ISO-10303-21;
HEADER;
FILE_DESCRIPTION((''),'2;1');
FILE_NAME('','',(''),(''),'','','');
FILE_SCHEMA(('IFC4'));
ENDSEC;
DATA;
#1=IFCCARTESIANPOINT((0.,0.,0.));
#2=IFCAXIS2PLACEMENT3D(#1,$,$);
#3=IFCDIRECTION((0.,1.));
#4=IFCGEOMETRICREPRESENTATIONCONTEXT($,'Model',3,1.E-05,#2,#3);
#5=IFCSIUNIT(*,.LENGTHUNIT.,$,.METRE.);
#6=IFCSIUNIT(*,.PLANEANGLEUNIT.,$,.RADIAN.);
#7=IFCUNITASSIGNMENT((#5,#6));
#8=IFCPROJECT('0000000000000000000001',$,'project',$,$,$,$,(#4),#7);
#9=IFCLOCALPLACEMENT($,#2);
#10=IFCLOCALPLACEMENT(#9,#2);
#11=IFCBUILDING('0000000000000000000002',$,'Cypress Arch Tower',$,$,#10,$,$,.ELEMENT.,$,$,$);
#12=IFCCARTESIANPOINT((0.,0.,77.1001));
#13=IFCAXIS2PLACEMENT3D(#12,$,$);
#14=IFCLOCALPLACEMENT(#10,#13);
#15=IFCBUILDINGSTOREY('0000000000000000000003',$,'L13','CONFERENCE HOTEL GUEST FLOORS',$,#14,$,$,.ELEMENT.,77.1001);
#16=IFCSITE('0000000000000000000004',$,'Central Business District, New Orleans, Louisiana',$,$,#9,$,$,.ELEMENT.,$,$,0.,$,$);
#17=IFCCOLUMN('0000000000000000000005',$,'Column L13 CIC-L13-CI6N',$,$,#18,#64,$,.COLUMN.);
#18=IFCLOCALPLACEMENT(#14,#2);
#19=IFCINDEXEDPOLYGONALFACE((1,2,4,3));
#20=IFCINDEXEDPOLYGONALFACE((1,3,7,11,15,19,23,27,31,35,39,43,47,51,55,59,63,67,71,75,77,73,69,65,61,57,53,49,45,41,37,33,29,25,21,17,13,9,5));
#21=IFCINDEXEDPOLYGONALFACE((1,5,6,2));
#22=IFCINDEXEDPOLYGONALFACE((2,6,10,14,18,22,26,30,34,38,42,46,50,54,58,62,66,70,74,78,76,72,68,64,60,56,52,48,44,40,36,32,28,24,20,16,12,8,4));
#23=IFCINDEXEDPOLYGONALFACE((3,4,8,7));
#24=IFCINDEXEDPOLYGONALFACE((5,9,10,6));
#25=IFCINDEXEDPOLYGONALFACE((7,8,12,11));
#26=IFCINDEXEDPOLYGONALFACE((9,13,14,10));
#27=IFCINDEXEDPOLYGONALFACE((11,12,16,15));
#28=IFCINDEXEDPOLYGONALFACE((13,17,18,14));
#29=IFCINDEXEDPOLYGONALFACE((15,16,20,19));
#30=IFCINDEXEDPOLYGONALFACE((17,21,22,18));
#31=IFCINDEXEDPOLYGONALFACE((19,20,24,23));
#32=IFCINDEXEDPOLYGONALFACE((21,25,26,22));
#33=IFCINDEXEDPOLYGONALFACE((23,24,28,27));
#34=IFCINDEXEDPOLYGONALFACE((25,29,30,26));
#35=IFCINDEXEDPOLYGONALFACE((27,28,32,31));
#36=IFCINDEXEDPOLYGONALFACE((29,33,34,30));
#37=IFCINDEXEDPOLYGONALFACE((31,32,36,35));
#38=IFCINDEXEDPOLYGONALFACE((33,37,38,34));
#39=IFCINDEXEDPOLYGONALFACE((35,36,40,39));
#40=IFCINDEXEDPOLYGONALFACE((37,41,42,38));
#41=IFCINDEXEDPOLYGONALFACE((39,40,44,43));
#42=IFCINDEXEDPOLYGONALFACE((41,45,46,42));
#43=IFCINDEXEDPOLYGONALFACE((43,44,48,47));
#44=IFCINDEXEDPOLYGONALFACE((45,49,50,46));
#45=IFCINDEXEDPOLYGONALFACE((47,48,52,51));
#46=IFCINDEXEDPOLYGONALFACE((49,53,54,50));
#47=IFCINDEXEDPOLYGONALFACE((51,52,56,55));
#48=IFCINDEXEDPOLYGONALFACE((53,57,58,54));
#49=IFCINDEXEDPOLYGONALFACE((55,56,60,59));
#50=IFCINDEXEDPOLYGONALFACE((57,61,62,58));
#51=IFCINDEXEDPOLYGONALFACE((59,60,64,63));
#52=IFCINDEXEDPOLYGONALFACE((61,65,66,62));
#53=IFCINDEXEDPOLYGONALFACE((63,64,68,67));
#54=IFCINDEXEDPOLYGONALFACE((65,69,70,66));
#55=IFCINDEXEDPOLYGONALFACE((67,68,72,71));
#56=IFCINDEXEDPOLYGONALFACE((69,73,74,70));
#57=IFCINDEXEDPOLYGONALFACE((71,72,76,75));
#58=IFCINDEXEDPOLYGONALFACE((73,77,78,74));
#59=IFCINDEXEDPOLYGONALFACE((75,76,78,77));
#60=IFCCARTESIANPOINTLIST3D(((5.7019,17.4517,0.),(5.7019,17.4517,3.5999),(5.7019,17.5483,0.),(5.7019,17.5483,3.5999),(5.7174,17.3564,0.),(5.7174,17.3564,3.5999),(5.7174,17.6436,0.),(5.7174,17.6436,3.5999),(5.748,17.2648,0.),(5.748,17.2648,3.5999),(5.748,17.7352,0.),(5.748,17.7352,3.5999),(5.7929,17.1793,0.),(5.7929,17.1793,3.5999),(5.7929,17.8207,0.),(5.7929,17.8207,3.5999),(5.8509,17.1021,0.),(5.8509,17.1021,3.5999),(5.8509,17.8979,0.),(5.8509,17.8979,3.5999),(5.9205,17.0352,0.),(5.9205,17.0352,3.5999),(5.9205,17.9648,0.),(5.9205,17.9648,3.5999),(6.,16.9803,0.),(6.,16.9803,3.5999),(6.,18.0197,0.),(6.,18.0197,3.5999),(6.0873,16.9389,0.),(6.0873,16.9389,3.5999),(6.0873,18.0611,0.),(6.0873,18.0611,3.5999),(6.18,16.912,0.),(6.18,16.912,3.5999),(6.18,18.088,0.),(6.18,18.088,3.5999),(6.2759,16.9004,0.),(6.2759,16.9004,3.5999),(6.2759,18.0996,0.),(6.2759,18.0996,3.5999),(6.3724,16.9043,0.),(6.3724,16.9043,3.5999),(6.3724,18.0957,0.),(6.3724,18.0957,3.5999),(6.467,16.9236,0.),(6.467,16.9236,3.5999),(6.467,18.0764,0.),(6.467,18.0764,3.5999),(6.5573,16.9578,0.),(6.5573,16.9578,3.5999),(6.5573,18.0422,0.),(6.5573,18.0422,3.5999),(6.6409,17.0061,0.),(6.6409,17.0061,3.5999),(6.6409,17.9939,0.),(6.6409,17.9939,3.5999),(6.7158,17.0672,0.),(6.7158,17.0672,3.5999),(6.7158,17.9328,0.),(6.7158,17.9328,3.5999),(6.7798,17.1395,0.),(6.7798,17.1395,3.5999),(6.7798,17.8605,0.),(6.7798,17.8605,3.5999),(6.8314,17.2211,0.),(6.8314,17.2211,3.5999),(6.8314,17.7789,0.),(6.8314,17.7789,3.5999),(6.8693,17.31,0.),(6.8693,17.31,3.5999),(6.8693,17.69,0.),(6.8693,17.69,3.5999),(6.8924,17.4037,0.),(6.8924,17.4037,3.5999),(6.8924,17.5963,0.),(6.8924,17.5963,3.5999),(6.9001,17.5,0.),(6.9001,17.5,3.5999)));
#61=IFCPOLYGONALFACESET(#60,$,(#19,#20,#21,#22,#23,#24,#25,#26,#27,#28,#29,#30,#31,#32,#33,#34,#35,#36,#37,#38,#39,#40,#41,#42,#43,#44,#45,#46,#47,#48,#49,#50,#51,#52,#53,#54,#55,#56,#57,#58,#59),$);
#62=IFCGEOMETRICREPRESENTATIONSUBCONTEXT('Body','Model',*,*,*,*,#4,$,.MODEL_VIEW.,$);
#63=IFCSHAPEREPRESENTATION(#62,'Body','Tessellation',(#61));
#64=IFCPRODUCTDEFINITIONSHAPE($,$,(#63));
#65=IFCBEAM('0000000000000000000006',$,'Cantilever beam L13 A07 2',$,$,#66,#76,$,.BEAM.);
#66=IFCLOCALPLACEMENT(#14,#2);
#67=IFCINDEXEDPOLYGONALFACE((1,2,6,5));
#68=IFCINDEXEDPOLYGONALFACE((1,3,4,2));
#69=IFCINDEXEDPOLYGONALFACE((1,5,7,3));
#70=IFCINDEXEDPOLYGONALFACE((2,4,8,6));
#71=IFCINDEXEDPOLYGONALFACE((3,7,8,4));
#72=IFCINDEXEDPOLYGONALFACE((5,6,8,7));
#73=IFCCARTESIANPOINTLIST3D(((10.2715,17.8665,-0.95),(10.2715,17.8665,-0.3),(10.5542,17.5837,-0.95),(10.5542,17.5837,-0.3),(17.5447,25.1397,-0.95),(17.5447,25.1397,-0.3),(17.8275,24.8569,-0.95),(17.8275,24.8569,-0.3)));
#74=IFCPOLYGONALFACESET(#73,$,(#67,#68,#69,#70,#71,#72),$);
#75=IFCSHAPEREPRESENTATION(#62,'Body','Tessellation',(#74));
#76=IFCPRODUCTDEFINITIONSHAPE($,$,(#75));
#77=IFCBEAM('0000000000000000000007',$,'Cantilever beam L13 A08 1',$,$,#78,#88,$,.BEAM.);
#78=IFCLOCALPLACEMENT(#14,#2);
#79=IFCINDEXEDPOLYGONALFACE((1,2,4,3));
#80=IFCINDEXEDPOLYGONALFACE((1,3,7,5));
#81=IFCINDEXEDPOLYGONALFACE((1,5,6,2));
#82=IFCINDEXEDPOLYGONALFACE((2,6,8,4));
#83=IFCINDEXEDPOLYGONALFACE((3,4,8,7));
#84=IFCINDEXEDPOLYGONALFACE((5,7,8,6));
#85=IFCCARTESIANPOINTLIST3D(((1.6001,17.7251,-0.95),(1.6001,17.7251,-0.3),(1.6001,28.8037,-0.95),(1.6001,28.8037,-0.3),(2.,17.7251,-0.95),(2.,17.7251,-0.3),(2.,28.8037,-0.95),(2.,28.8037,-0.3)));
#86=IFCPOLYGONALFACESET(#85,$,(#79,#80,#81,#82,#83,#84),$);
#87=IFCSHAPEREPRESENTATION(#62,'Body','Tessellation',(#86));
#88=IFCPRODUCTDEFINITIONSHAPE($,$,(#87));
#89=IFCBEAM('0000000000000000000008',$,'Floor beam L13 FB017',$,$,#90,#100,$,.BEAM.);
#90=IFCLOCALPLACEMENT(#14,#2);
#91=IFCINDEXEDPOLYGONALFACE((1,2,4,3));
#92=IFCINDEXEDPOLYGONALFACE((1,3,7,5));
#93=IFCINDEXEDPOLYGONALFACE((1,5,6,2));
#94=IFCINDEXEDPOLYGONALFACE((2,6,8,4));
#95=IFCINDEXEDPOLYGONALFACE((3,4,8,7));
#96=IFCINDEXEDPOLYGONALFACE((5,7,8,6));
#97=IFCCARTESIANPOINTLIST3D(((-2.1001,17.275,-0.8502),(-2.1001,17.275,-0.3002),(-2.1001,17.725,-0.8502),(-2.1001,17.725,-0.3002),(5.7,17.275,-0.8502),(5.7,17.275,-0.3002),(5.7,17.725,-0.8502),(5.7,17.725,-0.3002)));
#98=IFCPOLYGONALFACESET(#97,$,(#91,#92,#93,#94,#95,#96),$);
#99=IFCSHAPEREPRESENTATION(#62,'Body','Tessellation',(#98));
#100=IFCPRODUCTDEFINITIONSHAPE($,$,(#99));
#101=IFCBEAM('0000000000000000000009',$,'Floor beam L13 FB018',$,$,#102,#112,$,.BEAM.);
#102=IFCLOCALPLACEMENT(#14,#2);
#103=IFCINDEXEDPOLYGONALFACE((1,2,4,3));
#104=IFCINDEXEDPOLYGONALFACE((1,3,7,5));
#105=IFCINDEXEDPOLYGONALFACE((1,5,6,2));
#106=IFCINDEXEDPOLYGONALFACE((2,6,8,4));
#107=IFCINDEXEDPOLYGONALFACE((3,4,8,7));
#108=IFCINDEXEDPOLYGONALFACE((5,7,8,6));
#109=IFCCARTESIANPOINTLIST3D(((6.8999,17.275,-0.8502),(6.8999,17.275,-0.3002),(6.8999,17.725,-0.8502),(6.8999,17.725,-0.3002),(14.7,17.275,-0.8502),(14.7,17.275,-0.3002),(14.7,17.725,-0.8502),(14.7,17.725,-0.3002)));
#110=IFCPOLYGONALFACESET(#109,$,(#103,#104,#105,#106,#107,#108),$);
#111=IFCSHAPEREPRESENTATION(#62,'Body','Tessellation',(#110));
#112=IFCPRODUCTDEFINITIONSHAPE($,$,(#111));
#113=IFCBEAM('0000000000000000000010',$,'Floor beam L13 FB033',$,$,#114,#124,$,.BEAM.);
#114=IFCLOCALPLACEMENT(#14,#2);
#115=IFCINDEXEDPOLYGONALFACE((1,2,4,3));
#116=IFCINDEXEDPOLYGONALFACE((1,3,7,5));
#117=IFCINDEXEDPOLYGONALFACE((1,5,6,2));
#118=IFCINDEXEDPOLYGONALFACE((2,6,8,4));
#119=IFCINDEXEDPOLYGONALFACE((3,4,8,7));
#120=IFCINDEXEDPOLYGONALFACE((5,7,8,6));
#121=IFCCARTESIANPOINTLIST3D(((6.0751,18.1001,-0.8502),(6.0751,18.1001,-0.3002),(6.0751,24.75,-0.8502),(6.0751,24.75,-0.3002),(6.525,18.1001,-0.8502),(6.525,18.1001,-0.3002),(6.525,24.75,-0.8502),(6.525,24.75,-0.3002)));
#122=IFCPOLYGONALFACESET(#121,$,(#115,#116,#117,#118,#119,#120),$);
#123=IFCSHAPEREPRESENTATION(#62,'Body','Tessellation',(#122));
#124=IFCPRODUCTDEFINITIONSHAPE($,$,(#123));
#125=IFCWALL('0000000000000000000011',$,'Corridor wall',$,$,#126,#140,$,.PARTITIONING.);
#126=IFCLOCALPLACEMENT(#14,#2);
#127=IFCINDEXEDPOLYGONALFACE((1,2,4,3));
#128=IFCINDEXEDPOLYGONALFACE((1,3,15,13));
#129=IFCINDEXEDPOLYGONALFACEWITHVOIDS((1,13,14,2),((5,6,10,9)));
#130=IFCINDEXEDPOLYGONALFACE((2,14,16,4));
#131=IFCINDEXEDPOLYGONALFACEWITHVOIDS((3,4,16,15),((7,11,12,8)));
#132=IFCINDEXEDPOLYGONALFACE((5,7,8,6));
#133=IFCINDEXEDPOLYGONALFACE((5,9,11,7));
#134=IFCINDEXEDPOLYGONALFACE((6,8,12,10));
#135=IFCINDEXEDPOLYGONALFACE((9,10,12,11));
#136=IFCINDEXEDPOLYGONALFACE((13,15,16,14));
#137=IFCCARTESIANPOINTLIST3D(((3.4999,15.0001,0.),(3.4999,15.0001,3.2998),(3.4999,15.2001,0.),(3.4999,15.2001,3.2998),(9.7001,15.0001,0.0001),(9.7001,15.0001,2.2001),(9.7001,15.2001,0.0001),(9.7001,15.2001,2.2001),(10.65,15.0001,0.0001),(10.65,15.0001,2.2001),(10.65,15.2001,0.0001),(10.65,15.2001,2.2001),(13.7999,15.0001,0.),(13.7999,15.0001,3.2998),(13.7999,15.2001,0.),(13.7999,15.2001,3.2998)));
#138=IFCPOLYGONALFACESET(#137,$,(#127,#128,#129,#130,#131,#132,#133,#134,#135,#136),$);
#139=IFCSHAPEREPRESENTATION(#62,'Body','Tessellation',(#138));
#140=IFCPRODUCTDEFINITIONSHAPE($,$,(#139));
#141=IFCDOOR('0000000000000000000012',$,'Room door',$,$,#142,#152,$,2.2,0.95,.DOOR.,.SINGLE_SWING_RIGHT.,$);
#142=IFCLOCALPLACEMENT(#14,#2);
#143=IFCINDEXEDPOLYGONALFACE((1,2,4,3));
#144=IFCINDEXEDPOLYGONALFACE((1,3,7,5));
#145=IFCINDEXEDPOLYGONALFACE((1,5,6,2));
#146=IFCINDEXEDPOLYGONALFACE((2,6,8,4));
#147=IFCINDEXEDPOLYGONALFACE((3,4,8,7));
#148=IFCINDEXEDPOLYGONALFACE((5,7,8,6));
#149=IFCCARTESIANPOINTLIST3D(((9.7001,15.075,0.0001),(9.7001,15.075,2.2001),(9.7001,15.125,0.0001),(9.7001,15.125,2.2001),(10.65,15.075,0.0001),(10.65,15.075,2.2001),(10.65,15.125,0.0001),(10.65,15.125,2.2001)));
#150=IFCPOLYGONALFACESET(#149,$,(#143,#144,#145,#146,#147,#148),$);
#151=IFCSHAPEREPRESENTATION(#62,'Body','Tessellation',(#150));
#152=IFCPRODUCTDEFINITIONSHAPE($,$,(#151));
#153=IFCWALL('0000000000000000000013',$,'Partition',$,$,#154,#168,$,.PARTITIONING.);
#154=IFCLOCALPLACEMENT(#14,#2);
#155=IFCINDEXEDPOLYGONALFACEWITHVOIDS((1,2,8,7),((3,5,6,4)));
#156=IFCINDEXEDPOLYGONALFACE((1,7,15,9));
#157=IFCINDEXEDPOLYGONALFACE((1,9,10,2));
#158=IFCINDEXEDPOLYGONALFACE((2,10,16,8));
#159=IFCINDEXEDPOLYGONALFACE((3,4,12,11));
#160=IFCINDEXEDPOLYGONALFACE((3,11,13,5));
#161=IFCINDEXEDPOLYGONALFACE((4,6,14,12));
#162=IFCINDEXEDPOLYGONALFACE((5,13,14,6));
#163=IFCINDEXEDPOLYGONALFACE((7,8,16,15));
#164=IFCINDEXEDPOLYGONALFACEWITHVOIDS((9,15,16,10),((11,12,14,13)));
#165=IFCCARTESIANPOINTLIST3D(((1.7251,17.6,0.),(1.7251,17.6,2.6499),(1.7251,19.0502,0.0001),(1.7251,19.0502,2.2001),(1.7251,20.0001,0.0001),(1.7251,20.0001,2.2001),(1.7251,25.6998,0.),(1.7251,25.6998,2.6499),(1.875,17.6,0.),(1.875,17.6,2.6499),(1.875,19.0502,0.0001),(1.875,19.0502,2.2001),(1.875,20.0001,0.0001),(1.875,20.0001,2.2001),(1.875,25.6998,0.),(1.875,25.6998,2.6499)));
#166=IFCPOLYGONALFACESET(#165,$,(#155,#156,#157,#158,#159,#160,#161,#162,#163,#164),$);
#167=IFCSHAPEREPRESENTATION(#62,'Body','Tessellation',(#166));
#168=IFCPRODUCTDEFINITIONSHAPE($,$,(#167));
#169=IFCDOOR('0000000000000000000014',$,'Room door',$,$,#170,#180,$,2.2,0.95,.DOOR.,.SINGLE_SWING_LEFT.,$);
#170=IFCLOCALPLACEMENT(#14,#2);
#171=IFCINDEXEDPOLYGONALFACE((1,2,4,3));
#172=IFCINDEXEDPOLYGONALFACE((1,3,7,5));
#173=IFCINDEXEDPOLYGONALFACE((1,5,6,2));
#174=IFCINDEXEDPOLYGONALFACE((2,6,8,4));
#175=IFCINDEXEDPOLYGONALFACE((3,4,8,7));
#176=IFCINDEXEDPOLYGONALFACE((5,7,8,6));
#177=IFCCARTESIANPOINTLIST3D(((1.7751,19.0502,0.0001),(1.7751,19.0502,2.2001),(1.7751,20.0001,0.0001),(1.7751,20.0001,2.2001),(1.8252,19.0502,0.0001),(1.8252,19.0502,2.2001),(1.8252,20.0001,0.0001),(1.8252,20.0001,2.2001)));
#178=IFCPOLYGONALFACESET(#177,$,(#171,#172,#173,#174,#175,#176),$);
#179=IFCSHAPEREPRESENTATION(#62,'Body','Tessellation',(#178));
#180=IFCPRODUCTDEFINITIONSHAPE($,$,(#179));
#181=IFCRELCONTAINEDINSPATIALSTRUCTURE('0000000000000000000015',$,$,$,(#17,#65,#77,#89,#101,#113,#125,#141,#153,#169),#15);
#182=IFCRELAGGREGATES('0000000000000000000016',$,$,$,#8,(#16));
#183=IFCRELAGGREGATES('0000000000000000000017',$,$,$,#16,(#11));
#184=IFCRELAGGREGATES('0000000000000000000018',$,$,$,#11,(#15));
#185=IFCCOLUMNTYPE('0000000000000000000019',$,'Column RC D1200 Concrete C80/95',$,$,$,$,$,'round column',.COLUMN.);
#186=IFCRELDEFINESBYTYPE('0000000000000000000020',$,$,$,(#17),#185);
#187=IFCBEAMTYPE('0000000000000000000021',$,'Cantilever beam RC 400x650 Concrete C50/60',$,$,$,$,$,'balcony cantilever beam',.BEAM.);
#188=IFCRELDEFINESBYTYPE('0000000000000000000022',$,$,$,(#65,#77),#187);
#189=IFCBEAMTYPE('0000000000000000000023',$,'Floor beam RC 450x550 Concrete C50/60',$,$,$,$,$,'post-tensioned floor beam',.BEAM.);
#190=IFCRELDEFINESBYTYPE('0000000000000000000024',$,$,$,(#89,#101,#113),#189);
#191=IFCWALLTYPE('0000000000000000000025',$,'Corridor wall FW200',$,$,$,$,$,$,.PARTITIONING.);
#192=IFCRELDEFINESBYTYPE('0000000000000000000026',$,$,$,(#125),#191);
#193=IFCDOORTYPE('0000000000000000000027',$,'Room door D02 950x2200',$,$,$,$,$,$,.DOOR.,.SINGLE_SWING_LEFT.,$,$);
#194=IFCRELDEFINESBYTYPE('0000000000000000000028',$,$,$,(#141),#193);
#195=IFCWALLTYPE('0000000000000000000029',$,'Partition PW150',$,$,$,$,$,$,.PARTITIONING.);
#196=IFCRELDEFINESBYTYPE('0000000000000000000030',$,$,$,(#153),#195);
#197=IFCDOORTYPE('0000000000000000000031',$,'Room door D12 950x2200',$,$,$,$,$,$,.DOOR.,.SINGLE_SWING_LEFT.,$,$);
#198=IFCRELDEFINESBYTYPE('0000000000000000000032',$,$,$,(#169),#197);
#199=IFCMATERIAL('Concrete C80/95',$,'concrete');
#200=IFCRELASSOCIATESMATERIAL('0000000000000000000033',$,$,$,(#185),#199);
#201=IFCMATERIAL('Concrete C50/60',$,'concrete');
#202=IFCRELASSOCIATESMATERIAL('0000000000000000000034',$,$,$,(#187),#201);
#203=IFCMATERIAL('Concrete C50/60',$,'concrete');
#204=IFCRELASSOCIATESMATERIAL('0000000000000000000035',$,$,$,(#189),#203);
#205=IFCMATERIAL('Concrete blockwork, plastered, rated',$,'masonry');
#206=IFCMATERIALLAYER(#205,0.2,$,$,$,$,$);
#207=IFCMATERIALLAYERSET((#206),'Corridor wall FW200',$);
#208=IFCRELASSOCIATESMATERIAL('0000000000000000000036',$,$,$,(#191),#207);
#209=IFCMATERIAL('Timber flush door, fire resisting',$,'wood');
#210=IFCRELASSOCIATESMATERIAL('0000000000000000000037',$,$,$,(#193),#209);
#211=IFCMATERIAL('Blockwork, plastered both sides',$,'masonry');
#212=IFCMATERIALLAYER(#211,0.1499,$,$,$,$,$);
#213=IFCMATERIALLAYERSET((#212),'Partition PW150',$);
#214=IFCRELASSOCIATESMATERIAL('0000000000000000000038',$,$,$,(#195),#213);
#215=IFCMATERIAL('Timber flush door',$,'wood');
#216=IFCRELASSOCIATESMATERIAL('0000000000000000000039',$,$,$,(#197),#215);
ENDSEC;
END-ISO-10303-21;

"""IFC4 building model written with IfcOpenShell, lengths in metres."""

from ifc_helpers import new_model, si_unit, direction, frame, frame_2d, origin, origin_2d, place, context, subcontext, project, spatial, rectangle, circle, extrude, material, layer, layer_set, material_profile, profile_set, type_object, element, fill, save


model = new_model("IFC4")

# Units and contexts
model_context = context("Model", 3, precision=1e-05, world=origin(), true_north=direction((0.0, 1.0)))
body_context = subcontext(model_context, "Body", "Model", "MODEL_VIEW")
ifc_project = project(units=[si_unit("LENGTHUNIT", "METRE"), si_unit("PLANEANGLEUNIT", "RADIAN")], contexts=[model_context])

# Site, building, storey
site_placement = place(None, origin())
site = spatial("IfcSite", under=ifc_project, at=site_placement, Name="Central Business District, New Orleans, Louisiana", CompositionType="ELEMENT", RefElevation=0.0)
building_placement = place(site_placement, origin())
building = spatial("IfcBuilding", under=site, at=building_placement, Name="Cypress Arch Tower", CompositionType="ELEMENT")
storey_placement = place(building_placement, frame((0.0, 0.0, 77.1001)))
storey = spatial("IfcBuildingStorey", under=building, at=storey_placement, Name="L13", Description="CONFERENCE HOTEL GUEST FLOORS", CompositionType="ELEMENT", Elevation=77.1001)

# Column
ifc_material_1 = material(Name="Concrete C80/95", Category="concrete")
ifc_material_profile_1 = material_profile(ifc_material_1, circle(Radius=0.6001, at=origin_2d()), Name="RC D1200")
ifc_profile_set_1 = profile_set([ifc_material_profile_1], Name="Concrete C80/95")
column_type = type_object("IfcColumnType", Name="Column RC D1200 Concrete C80/95", ElementType="round column", PredefinedType="COLUMN", material=ifc_profile_set_1)
column_placement = place(storey_placement, frame((6.3, 17.5, 0.0), z_axis=(0.0, 0.0, 1.0), x_axis=(1.0, 0.0, 0.0)))
element("IfcColumn", 1, at=column_placement, inside=storey, type_object=column_type, Name="Column L13 CIC-L13-CI6N", PredefinedType="COLUMN", context=body_context, shape_type="SweptSolid", body=[
    extrude(circle(Radius=0.6001, at=origin_2d()), origin(), (0.0, 0.0, 1.0), 3.5999),
])

# Beams
ifc_material_2 = material(Name="Concrete C50/60", Category="concrete")
ifc_material_profile_2 = material_profile(ifc_material_2, rectangle(XDim=0.3999, YDim=0.6499, at=origin_2d()), Name="RC 400x650")
ifc_profile_set_2 = profile_set([ifc_material_profile_2], Name="Concrete C50/60")
beam_type_1 = type_object("IfcBeamType", Name="Cantilever beam RC 400x650 Concrete C50/60", ElementType="balcony cantilever beam", PredefinedType="BEAM", material=ifc_profile_set_2)
beam_1_placement = place(storey_placement, frame((10.4128, 17.7251, -0.625), z_axis=(0.707107, 0.707107, 0.0), x_axis=(-0.707107, 0.707107, 0.0)))
element("IfcBeam", 2, at=beam_1_placement, inside=storey, type_object=beam_type_1, Name="Cantilever beam L13 A07 2", PredefinedType="BEAM", context=body_context, shape_type="SweptSolid", body=[
    extrude(rectangle(XDim=0.3999, YDim=0.6499, at=origin_2d()), origin(), (0.0, 0.0, 1.0), 10.2859),
])
beam_2_placement = place(storey_placement, frame((1.8, 17.7251, -0.625), z_axis=(0.0, 1.0, 0.0), x_axis=(-1.0, 0.0, 0.0)))
element("IfcBeam", 3, at=beam_2_placement, inside=storey, type_object=beam_type_1, Name="Cantilever beam L13 A08 1", PredefinedType="BEAM", context=body_context, shape_type="SweptSolid", body=[
    extrude(rectangle(XDim=0.3999, YDim=0.6499, at=origin_2d()), origin(), (0.0, 0.0, 1.0), 11.0786),
])
ifc_material_3 = material(Name="Concrete C50/60", Category="concrete")
ifc_material_profile_3 = material_profile(ifc_material_3, rectangle(XDim=0.45, YDim=0.55, at=origin_2d()), Name="RC 450x550")
ifc_profile_set_3 = profile_set([ifc_material_profile_3], Name="Concrete C50/60")
beam_type_2 = type_object("IfcBeamType", Name="Floor beam RC 450x550 Concrete C50/60", ElementType="post-tensioned floor beam", PredefinedType="BEAM", material=ifc_profile_set_3)
for number, where, z_axis, x_axis, name in (
    (4, (-2.1001, 17.5, -0.5752), (1.0, 0.0, 0.0), (0.0, 1.0, 0.0), "Floor beam L13 FB017"),
    (5, (6.8999, 17.5, -0.5752), (1.0, 0.0, 0.0), (0.0, 1.0, 0.0), "Floor beam L13 FB018"),
):
    element("IfcBeam", number, at=place(storey_placement, frame(where, z_axis=z_axis, x_axis=x_axis)), inside=storey, type_object=beam_type_2, Name=name, PredefinedType="BEAM", context=body_context, shape_type="SweptSolid", body=[
        extrude(rectangle(XDim=0.45, YDim=0.55, at=origin_2d()), origin(), (0.0, 0.0, 1.0), 7.8),
    ])
beam_3_placement = place(storey_placement, frame((6.3, 18.1001, -0.5752), z_axis=(0.0, 1.0, 0.0), x_axis=(-1.0, 0.0, 0.0)))
element("IfcBeam", 6, at=beam_3_placement, inside=storey, type_object=beam_type_2, Name="Floor beam L13 FB033", PredefinedType="BEAM", context=body_context, shape_type="SweptSolid", body=[
    extrude(rectangle(XDim=0.45, YDim=0.55, at=origin_2d()), origin(), (0.0, 0.0, 1.0), 6.6499),
])

# Walls, openings, doors
ifc_material_4 = material(Name="Concrete blockwork, plastered, rated", Category="masonry")
ifc_layer_1 = layer(ifc_material_4, 0.2)
ifc_layer_set_1 = layer_set([ifc_layer_1], Name="Corridor wall FW200")
wall_type_1 = type_object("IfcWallType", Name="Corridor wall FW200", PredefinedType="PARTITIONING", material=ifc_layer_set_1)
wall_1_placement = place(storey_placement, frame((3.5, 15.1001, 0.0), z_axis=(0.0, 0.0, 1.0), x_axis=(1.0, 0.0, 0.0)))
wall_1 = element("IfcWall", 7, at=wall_1_placement, inside=storey, type_object=wall_type_1, Name="Corridor wall", PredefinedType="PARTITIONING", context=body_context, shape_type="SweptSolid", body=[
    extrude(rectangle(XDim=10.3, YDim=0.2, at=frame_2d((5.1499, 0.0))), origin(), (0.0, 0.0, 1.0), 3.2998),
])
opening_1_placement = place(wall_1_placement, frame((6.2, 0.0, 0.0)))
opening_1 = element("IfcOpeningElement", 8, at=opening_1_placement, cuts=wall_1, PredefinedType="OPENING", context=body_context, shape_type="SweptSolid", body=[
    extrude(rectangle(XDim=0.95, YDim=2.2, at=frame_2d((0.4751, 1.1001))), frame((0.0, 0.1099, 0.0), z_axis=(0.0, -1.0, 0.0), x_axis=(1.0, 0.0, 0.0)), (0.0, 0.0, 1.0), 0.22),
])
ifc_material_5 = material(Name="Timber flush door, fire resisting", Category="wood")
door_type_1 = type_object("IfcDoorType", Name="Room door D02 950x2200", OperationType="SINGLE_SWING_LEFT", PredefinedType="DOOR", material=ifc_material_5)
door_1_placement = place(opening_1_placement, origin())
door_1 = element("IfcDoor", 9, at=door_1_placement, inside=storey, type_object=door_type_1, Name="Room door", OperationType="SINGLE_SWING_RIGHT", OverallHeight=2.2, OverallWidth=0.95, PredefinedType="DOOR", context=body_context, shape_type="SweptSolid", body=[
    extrude(rectangle(XDim=0.95, YDim=2.2, at=frame_2d((0.4751, 1.1001))), frame((0.0, 0.0249, 0.0), z_axis=(0.0, -1.0, 0.0), x_axis=(1.0, 0.0, 0.0)), (0.0, 0.0, 1.0), 0.05),
])
fill(opening_1, door_1)
ifc_material_6 = material(Name="Blockwork, plastered both sides", Category="masonry")
ifc_layer_2 = layer(ifc_material_6, 0.1499)
ifc_layer_set_2 = layer_set([ifc_layer_2], Name="Partition PW150")
wall_type_2 = type_object("IfcWallType", Name="Partition PW150", PredefinedType="PARTITIONING", material=ifc_layer_set_2)
wall_2_placement = place(storey_placement, frame((1.8, 17.6001, 0.0), z_axis=(0.0, 0.0, 1.0), x_axis=(0.0, 1.0, 0.0)))
wall_2 = element("IfcWall", 10, at=wall_2_placement, inside=storey, type_object=wall_type_2, Name="Partition", PredefinedType="PARTITIONING", context=body_context, shape_type="SweptSolid", body=[
    extrude(rectangle(XDim=8.0999, YDim=0.1499, at=frame_2d((4.0498, 0.0))), origin(), (0.0, 0.0, 1.0), 2.6499),
])
opening_2_placement = place(wall_2_placement, frame((1.45, 0.0, 0.0)))
opening_2 = element("IfcOpeningElement", 11, at=opening_2_placement, cuts=wall_2, PredefinedType="OPENING", context=body_context, shape_type="SweptSolid", body=[
    extrude(rectangle(XDim=0.95, YDim=2.2, at=frame_2d((0.4751, 1.1001))), frame((0.0, 0.085, 0.0), z_axis=(0.0, -1.0, 0.0), x_axis=(1.0, 0.0, 0.0)), (0.0, 0.0, 1.0), 0.1699),
])
ifc_material_7 = material(Name="Timber flush door", Category="wood")
door_type_2 = type_object("IfcDoorType", Name="Room door D12 950x2200", OperationType="SINGLE_SWING_LEFT", PredefinedType="DOOR", material=ifc_material_7)
door_2_placement = place(opening_2_placement, origin())
door_2 = element("IfcDoor", 12, at=door_2_placement, inside=storey, type_object=door_type_2, Name="Room door", OperationType="SINGLE_SWING_LEFT", OverallHeight=2.2, OverallWidth=0.95, PredefinedType="DOOR", context=body_context, shape_type="SweptSolid", body=[
    extrude(rectangle(XDim=0.95, YDim=2.2, at=frame_2d((0.4751, 1.1001))), frame((0.0, 0.0249, 0.0), z_axis=(0.0, -1.0, 0.0), x_axis=(1.0, 0.0, 0.0)), (0.0, 0.0, 1.0), 0.05),
])
fill(opening_2, door_2)

save(model, "model.ifc")
